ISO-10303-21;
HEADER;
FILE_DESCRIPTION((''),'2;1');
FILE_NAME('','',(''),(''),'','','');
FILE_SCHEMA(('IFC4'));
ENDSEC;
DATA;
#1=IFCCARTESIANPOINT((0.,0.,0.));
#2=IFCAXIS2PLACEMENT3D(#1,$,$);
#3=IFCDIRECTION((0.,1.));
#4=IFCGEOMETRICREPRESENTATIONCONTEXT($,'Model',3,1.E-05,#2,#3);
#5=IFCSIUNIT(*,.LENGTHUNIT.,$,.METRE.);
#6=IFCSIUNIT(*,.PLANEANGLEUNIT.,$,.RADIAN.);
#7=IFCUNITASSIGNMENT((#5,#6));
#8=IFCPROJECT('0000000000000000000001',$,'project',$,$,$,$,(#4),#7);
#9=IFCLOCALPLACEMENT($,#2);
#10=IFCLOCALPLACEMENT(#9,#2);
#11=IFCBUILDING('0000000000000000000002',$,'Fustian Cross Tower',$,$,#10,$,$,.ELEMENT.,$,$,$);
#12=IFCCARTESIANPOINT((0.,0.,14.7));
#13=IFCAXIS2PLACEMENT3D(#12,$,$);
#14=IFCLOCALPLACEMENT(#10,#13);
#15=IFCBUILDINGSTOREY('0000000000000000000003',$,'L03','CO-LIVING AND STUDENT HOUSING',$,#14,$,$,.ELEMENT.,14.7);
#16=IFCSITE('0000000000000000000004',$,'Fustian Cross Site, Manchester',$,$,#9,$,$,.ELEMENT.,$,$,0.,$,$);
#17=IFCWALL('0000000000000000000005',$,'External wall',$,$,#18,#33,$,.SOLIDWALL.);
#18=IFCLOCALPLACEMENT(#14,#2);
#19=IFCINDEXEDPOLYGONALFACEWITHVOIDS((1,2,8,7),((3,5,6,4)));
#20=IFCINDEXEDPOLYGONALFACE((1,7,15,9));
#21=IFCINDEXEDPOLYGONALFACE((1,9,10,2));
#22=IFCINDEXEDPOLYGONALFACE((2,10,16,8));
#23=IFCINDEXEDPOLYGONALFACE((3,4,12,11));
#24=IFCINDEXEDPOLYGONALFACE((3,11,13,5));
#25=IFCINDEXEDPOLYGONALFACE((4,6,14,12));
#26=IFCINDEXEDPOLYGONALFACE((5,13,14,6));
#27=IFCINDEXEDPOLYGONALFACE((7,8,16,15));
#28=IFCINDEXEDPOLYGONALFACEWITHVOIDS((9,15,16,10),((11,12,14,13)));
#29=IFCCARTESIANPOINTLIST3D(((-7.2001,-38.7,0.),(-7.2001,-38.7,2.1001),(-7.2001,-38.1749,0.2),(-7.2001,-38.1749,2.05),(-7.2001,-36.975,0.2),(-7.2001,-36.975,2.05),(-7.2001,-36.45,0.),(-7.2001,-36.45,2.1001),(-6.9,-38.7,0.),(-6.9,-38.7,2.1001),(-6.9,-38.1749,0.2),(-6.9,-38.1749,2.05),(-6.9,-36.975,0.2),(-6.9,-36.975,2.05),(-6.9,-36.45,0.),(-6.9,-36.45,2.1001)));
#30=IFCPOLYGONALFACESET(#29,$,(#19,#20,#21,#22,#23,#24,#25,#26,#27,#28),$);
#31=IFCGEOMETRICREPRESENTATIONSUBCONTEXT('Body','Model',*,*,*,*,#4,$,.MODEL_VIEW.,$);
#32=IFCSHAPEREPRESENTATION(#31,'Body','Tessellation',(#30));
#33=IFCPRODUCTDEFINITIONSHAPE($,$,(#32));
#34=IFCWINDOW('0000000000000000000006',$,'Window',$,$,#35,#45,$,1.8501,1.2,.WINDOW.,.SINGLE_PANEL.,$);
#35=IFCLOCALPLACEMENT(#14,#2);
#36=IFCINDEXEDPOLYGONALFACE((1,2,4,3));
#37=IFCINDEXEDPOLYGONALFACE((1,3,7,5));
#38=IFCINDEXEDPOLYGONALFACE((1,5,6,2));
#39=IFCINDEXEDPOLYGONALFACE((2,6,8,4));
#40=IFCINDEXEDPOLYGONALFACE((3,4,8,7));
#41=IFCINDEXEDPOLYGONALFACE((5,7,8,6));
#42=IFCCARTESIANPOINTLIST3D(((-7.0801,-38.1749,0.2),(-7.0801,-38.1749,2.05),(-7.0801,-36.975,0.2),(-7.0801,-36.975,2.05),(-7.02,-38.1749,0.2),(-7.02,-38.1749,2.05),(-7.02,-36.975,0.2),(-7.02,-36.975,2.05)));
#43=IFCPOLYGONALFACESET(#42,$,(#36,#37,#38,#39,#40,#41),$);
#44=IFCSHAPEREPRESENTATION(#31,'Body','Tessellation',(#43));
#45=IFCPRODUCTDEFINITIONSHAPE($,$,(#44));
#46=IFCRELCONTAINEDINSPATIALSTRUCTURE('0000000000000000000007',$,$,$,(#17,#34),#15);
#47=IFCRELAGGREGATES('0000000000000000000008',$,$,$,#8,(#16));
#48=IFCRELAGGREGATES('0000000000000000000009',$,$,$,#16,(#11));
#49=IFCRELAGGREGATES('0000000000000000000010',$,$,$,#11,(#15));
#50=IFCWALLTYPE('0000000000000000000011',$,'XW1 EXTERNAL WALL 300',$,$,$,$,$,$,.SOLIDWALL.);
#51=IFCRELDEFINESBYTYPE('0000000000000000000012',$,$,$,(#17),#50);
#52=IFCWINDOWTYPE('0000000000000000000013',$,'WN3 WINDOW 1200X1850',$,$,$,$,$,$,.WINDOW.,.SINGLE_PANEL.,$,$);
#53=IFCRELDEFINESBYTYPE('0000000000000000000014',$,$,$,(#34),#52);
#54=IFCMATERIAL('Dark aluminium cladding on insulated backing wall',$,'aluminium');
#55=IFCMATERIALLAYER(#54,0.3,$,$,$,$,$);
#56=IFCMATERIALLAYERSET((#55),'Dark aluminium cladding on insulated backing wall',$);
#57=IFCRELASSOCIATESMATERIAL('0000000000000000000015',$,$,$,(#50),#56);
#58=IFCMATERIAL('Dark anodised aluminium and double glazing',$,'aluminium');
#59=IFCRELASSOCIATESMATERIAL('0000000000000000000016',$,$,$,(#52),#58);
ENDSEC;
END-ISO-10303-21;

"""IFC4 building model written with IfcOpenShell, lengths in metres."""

from ifc_helpers import new_model, si_unit, direction, frame, frame_2d, origin, place, context, subcontext, project, spatial, rectangle, extrude, material, layer, layer_set, type_object, element, fill, save


model = new_model("IFC4")

# Units and contexts
model_context = context("Model", 3, precision=1e-05, world=origin(), true_north=direction((0.0, 1.0)))
body_context = subcontext(model_context, "Body", "Model", "MODEL_VIEW")
ifc_project = project(units=[si_unit("LENGTHUNIT", "METRE"), si_unit("PLANEANGLEUNIT", "RADIAN")], contexts=[model_context])

# Site, building, storey
site_placement = place(None, origin())
site = spatial("IfcSite", under=ifc_project, at=site_placement, Name="Fustian Cross Site, Manchester", CompositionType="ELEMENT", RefElevation=0.0)
building_placement = place(site_placement, origin())
building = spatial("IfcBuilding", under=site, at=building_placement, Name="Fustian Cross Tower", CompositionType="ELEMENT")
storey_placement = place(building_placement, frame((0.0, 0.0, 14.7)))
storey = spatial("IfcBuildingStorey", under=building, at=storey_placement, Name="L03", Description="CO-LIVING AND STUDENT HOUSING", CompositionType="ELEMENT", Elevation=14.7)

# Wall, opening, window
ifc_material_1 = material(Name="Dark aluminium cladding on insulated backing wall", Category="aluminium")
ifc_layer_1 = layer(ifc_material_1, 0.3)
ifc_layer_set_1 = layer_set([ifc_layer_1], Name="Dark aluminium cladding on insulated backing wall")
wall_type_1 = type_object("IfcWallType", Name="XW1 EXTERNAL WALL 300", PredefinedType="SOLIDWALL", material=ifc_layer_set_1)
wall_1_placement = place(storey_placement, frame((-7.05, -36.45, 0.0), z_axis=(0.0, 0.0, 1.0), x_axis=(0.0, -1.0, 0.0)))
wall_1 = element("IfcWall", 1, at=wall_1_placement, inside=storey, type_object=wall_type_1, Name="External wall", PredefinedType="SOLIDWALL", context=body_context, shape_type="SweptSolid", body=[
    extrude(rectangle(XDim=2.25, YDim=0.3, at=frame_2d((1.125, 0.0))), origin(), (0.0, 0.0, 1.0), 2.1001),
])
opening_1_placement = place(wall_1_placement, frame((0.5249, 0.0, 0.2)))
opening_1 = element("IfcOpeningElement", 2, at=opening_1_placement, cuts=wall_1, PredefinedType="OPENING", context=body_context, shape_type="SweptSolid", body=[
    extrude(rectangle(XDim=1.2, YDim=1.8501, at=frame_2d((0.6001, 0.925))), frame((0.0, 0.1599, 0.0), z_axis=(0.0, -1.0, 0.0), x_axis=(1.0, 0.0, 0.0)), (0.0, 0.0, 1.0), 0.3201),
])
ifc_material_2 = material(Name="Dark anodised aluminium and double glazing", Category="aluminium")
window_type = type_object("IfcWindowType", Name="WN3 WINDOW 1200X1850", PartitioningType="SINGLE_PANEL", PredefinedType="WINDOW", material=ifc_material_2)
window_placement = place(opening_1_placement, origin())
window = element("IfcWindow", 3, at=window_placement, inside=storey, type_object=window_type, Name="Window", OverallHeight=1.8501, OverallWidth=1.2, PartitioningType="SINGLE_PANEL", PredefinedType="WINDOW", context=body_context, shape_type="SweptSolid", body=[
    extrude(rectangle(XDim=1.2, YDim=1.8501, at=frame_2d((0.6001, 0.925))), frame((0.0, 0.03, 0.0), z_axis=(0.0, -1.0, 0.0), x_axis=(1.0, 0.0, 0.0)), (0.0, 0.0, 1.0), 0.0601),
])
fill(opening_1, window)

save(model, "model.ifc")
